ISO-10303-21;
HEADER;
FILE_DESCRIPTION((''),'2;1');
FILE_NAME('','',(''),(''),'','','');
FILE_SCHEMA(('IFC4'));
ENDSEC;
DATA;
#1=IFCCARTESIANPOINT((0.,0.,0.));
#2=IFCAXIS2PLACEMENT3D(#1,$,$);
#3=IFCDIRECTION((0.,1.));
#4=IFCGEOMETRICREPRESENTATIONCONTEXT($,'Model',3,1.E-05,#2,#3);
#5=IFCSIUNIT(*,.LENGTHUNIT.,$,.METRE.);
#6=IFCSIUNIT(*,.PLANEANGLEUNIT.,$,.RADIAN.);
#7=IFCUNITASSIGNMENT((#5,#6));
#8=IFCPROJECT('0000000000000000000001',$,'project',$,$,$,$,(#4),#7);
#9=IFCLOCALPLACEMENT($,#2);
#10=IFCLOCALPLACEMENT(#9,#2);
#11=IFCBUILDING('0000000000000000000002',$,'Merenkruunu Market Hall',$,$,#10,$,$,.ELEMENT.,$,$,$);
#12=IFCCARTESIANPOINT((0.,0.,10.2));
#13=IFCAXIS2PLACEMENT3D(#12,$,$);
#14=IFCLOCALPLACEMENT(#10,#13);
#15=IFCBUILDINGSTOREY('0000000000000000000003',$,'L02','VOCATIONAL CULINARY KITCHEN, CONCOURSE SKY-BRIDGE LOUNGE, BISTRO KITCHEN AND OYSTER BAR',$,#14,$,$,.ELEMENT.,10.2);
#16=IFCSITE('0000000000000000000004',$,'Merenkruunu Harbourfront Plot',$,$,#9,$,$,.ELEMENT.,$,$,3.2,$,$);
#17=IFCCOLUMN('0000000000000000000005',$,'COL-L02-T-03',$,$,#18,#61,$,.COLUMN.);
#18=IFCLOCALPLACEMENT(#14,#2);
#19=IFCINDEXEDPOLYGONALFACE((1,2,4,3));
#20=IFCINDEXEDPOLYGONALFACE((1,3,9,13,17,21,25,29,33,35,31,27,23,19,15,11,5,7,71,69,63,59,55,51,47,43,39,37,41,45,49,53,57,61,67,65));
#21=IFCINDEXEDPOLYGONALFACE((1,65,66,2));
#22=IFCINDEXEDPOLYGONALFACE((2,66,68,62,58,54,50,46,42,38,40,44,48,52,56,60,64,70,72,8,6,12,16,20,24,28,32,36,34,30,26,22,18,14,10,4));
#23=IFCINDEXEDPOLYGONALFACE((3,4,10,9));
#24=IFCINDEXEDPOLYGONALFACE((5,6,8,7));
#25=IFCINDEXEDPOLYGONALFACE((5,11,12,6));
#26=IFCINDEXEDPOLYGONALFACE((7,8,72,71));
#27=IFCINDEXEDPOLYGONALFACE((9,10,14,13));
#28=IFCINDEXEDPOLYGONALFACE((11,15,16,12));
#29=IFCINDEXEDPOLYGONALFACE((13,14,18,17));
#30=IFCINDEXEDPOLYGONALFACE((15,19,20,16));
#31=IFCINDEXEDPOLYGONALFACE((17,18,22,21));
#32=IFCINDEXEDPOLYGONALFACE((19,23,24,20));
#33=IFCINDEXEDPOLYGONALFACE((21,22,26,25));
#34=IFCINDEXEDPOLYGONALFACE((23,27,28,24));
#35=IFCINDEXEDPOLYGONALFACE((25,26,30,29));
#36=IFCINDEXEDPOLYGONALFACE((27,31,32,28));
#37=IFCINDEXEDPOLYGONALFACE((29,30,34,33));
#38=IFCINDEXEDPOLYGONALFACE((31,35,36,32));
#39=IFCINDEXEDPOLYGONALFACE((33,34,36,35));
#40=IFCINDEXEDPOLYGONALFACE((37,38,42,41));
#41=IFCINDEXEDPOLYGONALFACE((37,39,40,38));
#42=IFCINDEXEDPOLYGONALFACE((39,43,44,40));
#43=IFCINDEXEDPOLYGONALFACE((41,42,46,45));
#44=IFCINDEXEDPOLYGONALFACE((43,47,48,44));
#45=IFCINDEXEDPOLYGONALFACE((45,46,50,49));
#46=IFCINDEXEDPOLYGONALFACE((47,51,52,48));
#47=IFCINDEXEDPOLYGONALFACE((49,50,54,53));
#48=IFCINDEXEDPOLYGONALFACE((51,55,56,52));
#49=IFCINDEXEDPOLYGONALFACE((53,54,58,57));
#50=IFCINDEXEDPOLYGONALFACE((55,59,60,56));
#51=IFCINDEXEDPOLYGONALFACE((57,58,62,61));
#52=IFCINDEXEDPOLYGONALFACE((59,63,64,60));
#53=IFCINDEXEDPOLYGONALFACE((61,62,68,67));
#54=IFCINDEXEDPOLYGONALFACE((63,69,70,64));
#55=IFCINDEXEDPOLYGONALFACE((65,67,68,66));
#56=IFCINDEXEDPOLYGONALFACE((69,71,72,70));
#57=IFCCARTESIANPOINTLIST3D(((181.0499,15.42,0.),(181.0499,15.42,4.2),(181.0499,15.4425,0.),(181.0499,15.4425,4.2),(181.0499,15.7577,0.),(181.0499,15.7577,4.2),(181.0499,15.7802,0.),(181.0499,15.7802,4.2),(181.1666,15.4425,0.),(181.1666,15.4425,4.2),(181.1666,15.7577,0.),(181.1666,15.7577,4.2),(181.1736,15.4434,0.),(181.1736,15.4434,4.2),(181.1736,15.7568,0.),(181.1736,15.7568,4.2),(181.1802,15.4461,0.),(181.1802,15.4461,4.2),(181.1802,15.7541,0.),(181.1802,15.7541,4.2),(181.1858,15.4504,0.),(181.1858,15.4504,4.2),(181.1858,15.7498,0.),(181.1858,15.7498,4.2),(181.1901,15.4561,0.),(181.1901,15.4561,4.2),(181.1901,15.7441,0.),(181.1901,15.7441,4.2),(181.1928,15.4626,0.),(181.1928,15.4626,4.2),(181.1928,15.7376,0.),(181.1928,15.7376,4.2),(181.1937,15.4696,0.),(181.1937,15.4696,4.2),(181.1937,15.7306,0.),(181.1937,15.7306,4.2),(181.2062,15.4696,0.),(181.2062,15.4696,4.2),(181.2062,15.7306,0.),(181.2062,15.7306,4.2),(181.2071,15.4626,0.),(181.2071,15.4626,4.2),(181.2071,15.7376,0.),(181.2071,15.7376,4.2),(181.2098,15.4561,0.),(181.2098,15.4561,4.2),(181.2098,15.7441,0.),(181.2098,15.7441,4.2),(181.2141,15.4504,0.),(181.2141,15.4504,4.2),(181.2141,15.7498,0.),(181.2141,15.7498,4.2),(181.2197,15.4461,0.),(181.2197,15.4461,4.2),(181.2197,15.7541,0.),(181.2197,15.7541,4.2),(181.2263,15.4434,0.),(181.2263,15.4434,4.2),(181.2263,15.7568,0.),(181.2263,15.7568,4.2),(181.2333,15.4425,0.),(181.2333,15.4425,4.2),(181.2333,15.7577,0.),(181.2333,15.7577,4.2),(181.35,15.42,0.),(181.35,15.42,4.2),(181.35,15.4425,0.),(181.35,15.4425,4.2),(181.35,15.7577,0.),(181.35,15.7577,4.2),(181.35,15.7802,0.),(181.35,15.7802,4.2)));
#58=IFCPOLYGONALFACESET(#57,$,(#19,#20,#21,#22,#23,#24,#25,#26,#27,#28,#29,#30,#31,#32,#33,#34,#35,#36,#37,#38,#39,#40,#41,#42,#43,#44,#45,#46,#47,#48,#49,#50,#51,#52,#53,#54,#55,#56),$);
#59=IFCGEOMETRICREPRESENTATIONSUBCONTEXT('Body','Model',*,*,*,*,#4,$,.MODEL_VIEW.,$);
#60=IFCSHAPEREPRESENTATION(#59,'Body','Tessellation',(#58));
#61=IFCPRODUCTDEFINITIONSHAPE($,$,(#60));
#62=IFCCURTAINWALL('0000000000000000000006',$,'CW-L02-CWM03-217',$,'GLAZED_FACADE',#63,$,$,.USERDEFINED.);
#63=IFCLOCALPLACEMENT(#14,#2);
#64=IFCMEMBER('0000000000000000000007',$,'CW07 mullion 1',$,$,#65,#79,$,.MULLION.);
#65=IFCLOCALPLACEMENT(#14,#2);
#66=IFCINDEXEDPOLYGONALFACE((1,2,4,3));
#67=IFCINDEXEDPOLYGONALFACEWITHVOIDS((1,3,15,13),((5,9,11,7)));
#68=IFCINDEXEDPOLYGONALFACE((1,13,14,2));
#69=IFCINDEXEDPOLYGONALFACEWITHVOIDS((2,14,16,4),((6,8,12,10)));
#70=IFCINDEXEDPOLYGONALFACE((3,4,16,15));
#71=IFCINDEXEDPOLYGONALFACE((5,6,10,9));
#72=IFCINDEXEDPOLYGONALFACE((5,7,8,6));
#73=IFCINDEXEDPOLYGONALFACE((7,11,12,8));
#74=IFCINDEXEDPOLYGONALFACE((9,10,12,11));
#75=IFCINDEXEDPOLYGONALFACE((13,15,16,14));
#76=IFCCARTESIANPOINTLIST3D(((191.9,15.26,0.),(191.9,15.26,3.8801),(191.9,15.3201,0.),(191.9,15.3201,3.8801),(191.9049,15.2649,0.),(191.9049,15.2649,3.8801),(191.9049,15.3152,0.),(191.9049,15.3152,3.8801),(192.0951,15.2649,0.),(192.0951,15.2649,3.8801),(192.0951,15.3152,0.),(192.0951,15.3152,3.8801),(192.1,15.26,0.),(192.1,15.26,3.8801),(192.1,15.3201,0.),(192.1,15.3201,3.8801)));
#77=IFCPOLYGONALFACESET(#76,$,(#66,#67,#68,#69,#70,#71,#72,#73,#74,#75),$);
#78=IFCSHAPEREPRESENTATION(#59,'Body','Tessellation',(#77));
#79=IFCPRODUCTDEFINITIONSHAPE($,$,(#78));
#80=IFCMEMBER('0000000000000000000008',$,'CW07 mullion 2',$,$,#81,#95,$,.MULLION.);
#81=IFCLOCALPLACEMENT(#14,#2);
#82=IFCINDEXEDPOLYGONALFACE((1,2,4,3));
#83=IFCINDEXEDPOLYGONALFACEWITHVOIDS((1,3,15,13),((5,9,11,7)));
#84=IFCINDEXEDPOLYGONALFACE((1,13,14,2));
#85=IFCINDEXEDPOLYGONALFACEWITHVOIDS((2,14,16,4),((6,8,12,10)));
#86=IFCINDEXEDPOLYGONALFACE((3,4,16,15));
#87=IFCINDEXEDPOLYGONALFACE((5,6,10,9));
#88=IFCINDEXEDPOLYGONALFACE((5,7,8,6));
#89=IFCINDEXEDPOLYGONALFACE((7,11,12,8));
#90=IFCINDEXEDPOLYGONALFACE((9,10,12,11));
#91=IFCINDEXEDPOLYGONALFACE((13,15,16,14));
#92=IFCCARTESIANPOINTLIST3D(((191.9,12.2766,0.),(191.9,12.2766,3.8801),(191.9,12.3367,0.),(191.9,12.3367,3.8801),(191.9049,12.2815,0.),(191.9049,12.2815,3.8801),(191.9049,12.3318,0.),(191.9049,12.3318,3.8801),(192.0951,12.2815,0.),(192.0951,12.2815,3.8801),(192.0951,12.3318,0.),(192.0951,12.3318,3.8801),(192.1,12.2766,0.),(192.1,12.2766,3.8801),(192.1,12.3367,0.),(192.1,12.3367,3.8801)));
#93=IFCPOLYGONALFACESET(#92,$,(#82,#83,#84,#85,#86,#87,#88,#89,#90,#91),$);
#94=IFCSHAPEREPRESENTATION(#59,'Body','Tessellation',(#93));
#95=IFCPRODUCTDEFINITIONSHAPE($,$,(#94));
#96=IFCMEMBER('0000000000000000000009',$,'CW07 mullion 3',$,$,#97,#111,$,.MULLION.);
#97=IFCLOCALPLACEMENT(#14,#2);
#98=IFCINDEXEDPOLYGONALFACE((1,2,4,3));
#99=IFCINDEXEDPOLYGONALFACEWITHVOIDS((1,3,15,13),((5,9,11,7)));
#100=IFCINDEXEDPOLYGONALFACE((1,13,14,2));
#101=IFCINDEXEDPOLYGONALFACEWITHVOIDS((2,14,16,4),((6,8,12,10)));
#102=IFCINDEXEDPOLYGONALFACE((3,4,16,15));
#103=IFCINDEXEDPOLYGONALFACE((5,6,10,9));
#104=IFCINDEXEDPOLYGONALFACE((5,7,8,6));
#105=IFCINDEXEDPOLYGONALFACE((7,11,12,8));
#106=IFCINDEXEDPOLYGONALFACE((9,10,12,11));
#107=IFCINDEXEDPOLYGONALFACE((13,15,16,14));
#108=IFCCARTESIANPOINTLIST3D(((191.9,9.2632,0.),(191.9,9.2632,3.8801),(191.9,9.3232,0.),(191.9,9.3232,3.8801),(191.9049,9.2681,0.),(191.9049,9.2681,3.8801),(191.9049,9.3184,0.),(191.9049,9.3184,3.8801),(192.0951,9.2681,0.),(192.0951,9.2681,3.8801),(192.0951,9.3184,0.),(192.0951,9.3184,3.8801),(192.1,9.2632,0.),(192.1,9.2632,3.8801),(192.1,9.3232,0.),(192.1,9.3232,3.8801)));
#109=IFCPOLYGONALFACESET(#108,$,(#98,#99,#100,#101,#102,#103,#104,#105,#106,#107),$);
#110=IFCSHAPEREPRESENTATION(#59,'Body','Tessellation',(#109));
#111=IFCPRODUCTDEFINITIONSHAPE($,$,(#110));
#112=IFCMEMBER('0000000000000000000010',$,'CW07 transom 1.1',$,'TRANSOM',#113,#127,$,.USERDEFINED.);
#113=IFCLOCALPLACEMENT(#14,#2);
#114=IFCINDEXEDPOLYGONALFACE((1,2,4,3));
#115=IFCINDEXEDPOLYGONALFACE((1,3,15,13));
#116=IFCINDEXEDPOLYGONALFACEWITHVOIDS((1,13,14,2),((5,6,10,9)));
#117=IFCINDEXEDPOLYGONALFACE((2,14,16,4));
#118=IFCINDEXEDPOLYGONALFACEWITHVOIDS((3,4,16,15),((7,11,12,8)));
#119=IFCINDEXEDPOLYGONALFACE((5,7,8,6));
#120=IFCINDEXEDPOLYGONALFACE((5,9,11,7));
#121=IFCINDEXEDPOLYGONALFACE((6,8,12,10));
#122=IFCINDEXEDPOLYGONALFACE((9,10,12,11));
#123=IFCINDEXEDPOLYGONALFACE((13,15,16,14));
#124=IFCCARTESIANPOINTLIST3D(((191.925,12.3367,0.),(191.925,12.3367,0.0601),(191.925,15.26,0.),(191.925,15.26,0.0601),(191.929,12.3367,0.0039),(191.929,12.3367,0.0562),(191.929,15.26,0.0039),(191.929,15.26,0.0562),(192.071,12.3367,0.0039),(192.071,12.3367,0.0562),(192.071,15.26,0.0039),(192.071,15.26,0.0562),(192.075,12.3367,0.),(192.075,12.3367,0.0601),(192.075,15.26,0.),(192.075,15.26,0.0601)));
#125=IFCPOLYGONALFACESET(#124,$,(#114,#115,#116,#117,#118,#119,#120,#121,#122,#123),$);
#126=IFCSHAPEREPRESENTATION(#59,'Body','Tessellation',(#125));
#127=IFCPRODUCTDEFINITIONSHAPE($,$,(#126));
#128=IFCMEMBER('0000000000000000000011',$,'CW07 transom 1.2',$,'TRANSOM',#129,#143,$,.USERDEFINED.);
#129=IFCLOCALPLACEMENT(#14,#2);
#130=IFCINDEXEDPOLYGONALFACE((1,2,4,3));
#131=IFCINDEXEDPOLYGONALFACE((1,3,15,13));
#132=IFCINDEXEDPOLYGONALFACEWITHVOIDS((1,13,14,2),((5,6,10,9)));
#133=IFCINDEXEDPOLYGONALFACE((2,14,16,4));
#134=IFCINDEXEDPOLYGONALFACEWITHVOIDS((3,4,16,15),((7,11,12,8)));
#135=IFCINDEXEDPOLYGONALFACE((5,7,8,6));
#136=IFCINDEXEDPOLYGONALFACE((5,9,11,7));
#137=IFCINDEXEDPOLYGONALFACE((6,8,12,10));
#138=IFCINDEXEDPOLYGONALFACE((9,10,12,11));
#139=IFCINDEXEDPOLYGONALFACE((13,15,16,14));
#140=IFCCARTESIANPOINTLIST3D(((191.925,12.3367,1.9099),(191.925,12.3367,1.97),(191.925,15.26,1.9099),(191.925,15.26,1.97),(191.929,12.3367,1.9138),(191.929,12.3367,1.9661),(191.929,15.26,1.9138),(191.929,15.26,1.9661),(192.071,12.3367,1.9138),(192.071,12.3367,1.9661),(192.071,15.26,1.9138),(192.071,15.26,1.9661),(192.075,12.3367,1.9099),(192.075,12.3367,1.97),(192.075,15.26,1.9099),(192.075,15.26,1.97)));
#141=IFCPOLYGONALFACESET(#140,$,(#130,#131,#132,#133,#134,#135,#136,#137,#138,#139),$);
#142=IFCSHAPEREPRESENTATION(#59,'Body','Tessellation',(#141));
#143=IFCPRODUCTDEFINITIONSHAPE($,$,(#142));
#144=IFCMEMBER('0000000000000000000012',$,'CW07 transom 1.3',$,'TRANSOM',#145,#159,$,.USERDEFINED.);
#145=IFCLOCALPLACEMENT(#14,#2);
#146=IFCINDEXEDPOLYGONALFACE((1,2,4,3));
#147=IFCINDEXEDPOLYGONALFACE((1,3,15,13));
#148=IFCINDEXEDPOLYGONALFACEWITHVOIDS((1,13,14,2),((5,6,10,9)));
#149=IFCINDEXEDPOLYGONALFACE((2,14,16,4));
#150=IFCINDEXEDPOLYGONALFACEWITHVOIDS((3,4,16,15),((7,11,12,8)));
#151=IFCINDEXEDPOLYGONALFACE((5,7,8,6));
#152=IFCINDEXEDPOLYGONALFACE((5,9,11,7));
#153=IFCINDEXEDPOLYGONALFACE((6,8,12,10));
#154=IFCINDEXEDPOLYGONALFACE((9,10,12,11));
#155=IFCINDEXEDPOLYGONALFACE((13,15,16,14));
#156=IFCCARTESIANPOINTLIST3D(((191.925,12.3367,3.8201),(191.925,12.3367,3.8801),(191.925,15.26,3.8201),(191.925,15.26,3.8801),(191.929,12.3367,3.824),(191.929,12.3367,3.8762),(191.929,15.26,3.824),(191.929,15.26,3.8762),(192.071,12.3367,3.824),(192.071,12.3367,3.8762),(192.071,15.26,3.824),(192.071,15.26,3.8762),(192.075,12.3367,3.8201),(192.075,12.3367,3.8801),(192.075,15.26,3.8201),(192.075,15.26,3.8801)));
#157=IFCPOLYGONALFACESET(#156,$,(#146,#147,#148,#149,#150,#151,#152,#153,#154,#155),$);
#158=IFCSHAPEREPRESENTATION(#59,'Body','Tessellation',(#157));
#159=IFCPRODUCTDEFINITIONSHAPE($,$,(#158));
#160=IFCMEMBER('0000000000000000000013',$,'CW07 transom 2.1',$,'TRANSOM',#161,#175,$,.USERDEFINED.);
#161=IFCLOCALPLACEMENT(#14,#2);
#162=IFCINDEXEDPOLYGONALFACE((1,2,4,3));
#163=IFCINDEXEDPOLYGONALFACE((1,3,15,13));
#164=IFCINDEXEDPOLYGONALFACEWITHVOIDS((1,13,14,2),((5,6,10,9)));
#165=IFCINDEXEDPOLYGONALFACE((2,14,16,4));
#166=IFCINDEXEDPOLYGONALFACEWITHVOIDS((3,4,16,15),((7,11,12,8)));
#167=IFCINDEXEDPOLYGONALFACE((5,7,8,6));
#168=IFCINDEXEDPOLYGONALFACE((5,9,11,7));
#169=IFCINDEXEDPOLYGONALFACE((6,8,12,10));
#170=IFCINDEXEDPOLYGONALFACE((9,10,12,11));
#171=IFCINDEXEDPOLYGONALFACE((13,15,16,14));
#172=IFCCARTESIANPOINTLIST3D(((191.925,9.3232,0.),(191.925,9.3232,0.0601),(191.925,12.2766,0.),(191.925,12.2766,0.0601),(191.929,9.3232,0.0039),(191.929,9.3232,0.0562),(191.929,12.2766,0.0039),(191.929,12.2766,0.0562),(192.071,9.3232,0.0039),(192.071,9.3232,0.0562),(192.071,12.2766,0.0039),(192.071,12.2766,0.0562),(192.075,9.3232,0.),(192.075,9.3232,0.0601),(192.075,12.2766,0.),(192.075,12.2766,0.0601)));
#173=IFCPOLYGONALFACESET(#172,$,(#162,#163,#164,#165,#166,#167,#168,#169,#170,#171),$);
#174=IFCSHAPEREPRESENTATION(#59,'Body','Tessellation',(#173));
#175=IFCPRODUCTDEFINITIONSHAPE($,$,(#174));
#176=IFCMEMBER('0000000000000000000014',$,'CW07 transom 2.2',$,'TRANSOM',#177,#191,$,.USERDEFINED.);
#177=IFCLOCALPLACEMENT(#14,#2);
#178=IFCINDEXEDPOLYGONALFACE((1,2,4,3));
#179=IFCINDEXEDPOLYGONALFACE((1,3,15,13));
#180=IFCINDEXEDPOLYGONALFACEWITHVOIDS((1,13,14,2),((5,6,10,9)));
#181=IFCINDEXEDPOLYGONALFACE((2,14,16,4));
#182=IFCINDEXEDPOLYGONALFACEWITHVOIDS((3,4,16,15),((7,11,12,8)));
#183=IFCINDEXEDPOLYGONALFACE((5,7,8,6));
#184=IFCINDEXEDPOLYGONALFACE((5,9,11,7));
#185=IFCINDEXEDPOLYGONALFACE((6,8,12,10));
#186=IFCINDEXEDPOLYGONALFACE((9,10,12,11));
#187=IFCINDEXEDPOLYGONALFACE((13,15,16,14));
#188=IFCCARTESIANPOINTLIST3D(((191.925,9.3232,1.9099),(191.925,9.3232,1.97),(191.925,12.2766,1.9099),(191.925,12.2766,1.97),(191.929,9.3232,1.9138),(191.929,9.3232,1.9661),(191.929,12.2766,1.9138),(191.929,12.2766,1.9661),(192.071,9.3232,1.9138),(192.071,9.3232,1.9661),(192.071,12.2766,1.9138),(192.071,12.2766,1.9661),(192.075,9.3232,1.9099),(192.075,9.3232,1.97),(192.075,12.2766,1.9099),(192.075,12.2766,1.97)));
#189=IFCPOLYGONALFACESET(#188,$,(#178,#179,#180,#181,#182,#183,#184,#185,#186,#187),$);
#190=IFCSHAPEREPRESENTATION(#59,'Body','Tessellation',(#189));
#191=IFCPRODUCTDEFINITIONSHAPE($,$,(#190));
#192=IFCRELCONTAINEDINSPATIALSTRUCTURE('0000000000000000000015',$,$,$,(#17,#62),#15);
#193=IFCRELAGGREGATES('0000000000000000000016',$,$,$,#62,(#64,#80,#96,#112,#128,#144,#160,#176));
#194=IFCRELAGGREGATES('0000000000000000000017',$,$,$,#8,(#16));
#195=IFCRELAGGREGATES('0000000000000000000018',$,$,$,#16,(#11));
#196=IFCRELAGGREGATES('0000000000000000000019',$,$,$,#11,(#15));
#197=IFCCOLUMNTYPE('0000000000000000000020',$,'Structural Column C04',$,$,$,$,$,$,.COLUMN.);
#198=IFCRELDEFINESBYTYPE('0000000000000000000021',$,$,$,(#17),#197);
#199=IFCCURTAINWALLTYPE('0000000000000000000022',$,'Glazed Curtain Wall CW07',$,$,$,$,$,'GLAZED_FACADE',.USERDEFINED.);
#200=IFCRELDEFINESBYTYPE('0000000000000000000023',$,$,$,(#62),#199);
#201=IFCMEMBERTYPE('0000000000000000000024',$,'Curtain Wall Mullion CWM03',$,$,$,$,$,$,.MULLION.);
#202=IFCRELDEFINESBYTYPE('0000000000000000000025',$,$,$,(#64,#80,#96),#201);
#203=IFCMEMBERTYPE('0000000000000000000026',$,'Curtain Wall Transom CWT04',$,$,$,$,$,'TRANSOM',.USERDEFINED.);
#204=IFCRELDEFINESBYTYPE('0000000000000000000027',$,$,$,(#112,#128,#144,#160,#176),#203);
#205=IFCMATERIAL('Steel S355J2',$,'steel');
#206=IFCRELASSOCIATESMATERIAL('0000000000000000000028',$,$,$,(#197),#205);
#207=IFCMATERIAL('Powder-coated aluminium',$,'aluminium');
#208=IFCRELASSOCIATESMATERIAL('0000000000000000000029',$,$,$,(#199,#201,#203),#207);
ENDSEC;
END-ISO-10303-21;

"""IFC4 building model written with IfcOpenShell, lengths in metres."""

from ifc_helpers import new_model, si_unit, direction, frame, origin, origin_2d, place, context, subcontext, project, spatial, hollow_rectangle, i_section, extrude, material, material_profile, profile_set, type_object, element, aggregate, save


model = new_model("IFC4")

# Units and contexts
model_context = context("Model", 3, precision=1e-05, world=origin(), true_north=direction((0.0, 1.0)))
body_context = subcontext(model_context, "Body", "Model", "MODEL_VIEW")
ifc_project = project(units=[si_unit("LENGTHUNIT", "METRE"), si_unit("PLANEANGLEUNIT", "RADIAN")], contexts=[model_context])

# Site, building, storey
site_placement = place(None, origin())
site = spatial("IfcSite", under=ifc_project, at=site_placement, Name="Merenkruunu Harbourfront Plot", CompositionType="ELEMENT", RefElevation=3.2)
building_placement = place(site_placement, origin())
building = spatial("IfcBuilding", under=site, at=building_placement, Name="Merenkruunu Market Hall", CompositionType="ELEMENT")
storey_placement = place(building_placement, frame((0.0, 0.0, 10.2)))
storey = spatial("IfcBuildingStorey", under=building, at=storey_placement, Name="L02", Description="VOCATIONAL CULINARY KITCHEN, CONCOURSE SKY-BRIDGE LOUNGE, BISTRO KITCHEN AND OYSTER BAR", CompositionType="ELEMENT", Elevation=10.2)

# Column
ifc_material_1 = material(Name="Steel S355J2", Category="steel")
ifc_material_profile_1 = material_profile(ifc_material_1, i_section(OverallWidth=0.3, OverallDepth=0.3601, WebThickness=0.0125, FlangeThickness=0.0225, FilletRadius=0.0271, at=origin_2d()), Name="HEB 360")
ifc_profile_set_1 = profile_set([ifc_material_profile_1], Name="Steel S355J2")
column_type = type_object("IfcColumnType", Name="Structural Column C04", PredefinedType="COLUMN", material=ifc_profile_set_1)
column_placement = place(storey_placement, frame((181.2, 15.6001, 0.0), z_axis=(0.0, 0.0, 1.0), x_axis=(1.0, 0.0, 0.0)))
element("IfcColumn", 1, at=column_placement, inside=storey, type_object=column_type, Name="COL-L02-T-03", PredefinedType="COLUMN", context=body_context, shape_type="SweptSolid", body=[
    extrude(i_section(OverallWidth=0.3, OverallDepth=0.3601, WebThickness=0.0125, FlangeThickness=0.0225, FilletRadius=0.0271, at=origin_2d()), origin(), (0.0, 0.0, 1.0), 4.2),
])

# Curtain wall, members
ifc_material_2 = material(Name="Powder-coated aluminium", Category="aluminium")
curtain_wall_type = type_object("IfcCurtainWallType", Name="Glazed Curtain Wall CW07", ElementType="GLAZED_FACADE", PredefinedType="USERDEFINED", material=ifc_material_2)
curtain_wall_placement = place(storey_placement, origin())
curtain_wall = element("IfcCurtainWall", 2, at=curtain_wall_placement, inside=storey, type_object=curtain_wall_type, Name="CW-L02-CWM03-217", ObjectType="GLAZED_FACADE", PredefinedType="USERDEFINED")
ifc_material_profile_2 = material_profile(ifc_material_2, hollow_rectangle(XDim=0.0601, YDim=0.2, WallThickness=0.0049, at=origin_2d()), Name="ALU 60x200x5")
ifc_profile_set_2 = profile_set([ifc_material_profile_2], Name="Powder-coated aluminium")
member_type_1 = type_object("IfcMemberType", Name="Curtain Wall Mullion CWM03", PredefinedType="MULLION", material=ifc_profile_set_2)
member_1_placement = place(storey_placement, frame((192.0, 15.29, 0.0), z_axis=(0.0, 0.0, 1.0), x_axis=(0.0, -1.0, 0.0)))
member_1 = element("IfcMember", 3, at=member_1_placement, type_object=member_type_1, Name="CW07 mullion 1", PredefinedType="MULLION", context=body_context, shape_type="SweptSolid", body=[
    extrude(hollow_rectangle(XDim=0.0601, YDim=0.2, WallThickness=0.0049, at=origin_2d()), origin(), (0.0, 0.0, 1.0), 3.8801),
])
member_2_placement = place(storey_placement, frame((192.0, 12.3066, 0.0), z_axis=(0.0, 0.0, 1.0), x_axis=(0.0, -1.0, 0.0)))
member_2 = element("IfcMember", 4, at=member_2_placement, type_object=member_type_1, Name="CW07 mullion 2", PredefinedType="MULLION", context=body_context, shape_type="SweptSolid", body=[
    extrude(hollow_rectangle(XDim=0.0601, YDim=0.2, WallThickness=0.0049, at=origin_2d()), origin(), (0.0, 0.0, 1.0), 3.8801),
])
member_3_placement = place(storey_placement, frame((192.0, 9.2932, 0.0), z_axis=(0.0, 0.0, 1.0), x_axis=(0.0, -1.0, 0.0)))
member_3 = element("IfcMember", 5, at=member_3_placement, type_object=member_type_1, Name="CW07 mullion 3", PredefinedType="MULLION", context=body_context, shape_type="SweptSolid", body=[
    extrude(hollow_rectangle(XDim=0.0601, YDim=0.2, WallThickness=0.0049, at=origin_2d()), origin(), (0.0, 0.0, 1.0), 3.8801),
])
ifc_material_profile_3 = material_profile(ifc_material_2, hollow_rectangle(XDim=0.0601, YDim=0.1499, WallThickness=0.0039, at=origin_2d()), Name="ALU 60x150x4")
ifc_profile_set_3 = profile_set([ifc_material_profile_3], Name="Powder-coated aluminium")
member_type_2 = type_object("IfcMemberType", Name="Curtain Wall Transom CWT04", ElementType="TRANSOM", PredefinedType="USERDEFINED", material=ifc_profile_set_3)
member_4_placement = place(storey_placement, frame((192.0, 15.26, 0.03), z_axis=(0.0, -1.0, 0.0), x_axis=(0.0, 0.0, 1.0)))
member_4 = element("IfcMember", 6, at=member_4_placement, type_object=member_type_2, Name="CW07 transom 1.1", ObjectType="TRANSOM", PredefinedType="USERDEFINED", context=body_context, shape_type="SweptSolid", body=[
    extrude(hollow_rectangle(XDim=0.0601, YDim=0.1499, WallThickness=0.0039, at=origin_2d()), origin(), (0.0, 0.0, 1.0), 2.9233),
])
member_5_placement = place(storey_placement, frame((192.0, 15.26, 1.9399), z_axis=(0.0, -1.0, 0.0), x_axis=(0.0, 0.0, 1.0)))
member_5 = element("IfcMember", 7, at=member_5_placement, type_object=member_type_2, Name="CW07 transom 1.2", ObjectType="TRANSOM", PredefinedType="USERDEFINED", context=body_context, shape_type="SweptSolid", body=[
    extrude(hollow_rectangle(XDim=0.0601, YDim=0.1499, WallThickness=0.0039, at=origin_2d()), origin(), (0.0, 0.0, 1.0), 2.9233),
])
member_6_placement = place(storey_placement, frame((192.0, 15.26, 3.8501), z_axis=(0.0, -1.0, 0.0), x_axis=(0.0, 0.0, 1.0)))
member_6 = element("IfcMember", 8, at=member_6_placement, type_object=member_type_2, Name="CW07 transom 1.3", ObjectType="TRANSOM", PredefinedType="USERDEFINED", context=body_context, shape_type="SweptSolid", body=[
    extrude(hollow_rectangle(XDim=0.0601, YDim=0.1499, WallThickness=0.0039, at=origin_2d()), origin(), (0.0, 0.0, 1.0), 2.9233),
])
member_7_placement = place(storey_placement, frame((192.0, 12.2766, 0.03), z_axis=(0.0, -1.0, 0.0), x_axis=(0.0, 0.0, 1.0)))
member_7 = element("IfcMember", 9, at=member_7_placement, type_object=member_type_2, Name="CW07 transom 2.1", ObjectType="TRANSOM", PredefinedType="USERDEFINED", context=body_context, shape_type="SweptSolid", body=[
    extrude(hollow_rectangle(XDim=0.0601, YDim=0.1499, WallThickness=0.0039, at=origin_2d()), origin(), (0.0, 0.0, 1.0), 2.9534),
])
member_8_placement = place(storey_placement, frame((192.0, 12.2766, 1.9399), z_axis=(0.0, -1.0, 0.0), x_axis=(0.0, 0.0, 1.0)))
member_8 = element("IfcMember", 10, at=member_8_placement, type_object=member_type_2, Name="CW07 transom 2.2", ObjectType="TRANSOM", PredefinedType="USERDEFINED", context=body_context, shape_type="SweptSolid", body=[
    extrude(hollow_rectangle(XDim=0.0601, YDim=0.1499, WallThickness=0.0039, at=origin_2d()), origin(), (0.0, 0.0, 1.0), 2.9534),
])
aggregate(curtain_wall, [member_1, member_2, member_3, member_4, member_5, member_6, member_7, member_8])

save(model, "model.ifc")
